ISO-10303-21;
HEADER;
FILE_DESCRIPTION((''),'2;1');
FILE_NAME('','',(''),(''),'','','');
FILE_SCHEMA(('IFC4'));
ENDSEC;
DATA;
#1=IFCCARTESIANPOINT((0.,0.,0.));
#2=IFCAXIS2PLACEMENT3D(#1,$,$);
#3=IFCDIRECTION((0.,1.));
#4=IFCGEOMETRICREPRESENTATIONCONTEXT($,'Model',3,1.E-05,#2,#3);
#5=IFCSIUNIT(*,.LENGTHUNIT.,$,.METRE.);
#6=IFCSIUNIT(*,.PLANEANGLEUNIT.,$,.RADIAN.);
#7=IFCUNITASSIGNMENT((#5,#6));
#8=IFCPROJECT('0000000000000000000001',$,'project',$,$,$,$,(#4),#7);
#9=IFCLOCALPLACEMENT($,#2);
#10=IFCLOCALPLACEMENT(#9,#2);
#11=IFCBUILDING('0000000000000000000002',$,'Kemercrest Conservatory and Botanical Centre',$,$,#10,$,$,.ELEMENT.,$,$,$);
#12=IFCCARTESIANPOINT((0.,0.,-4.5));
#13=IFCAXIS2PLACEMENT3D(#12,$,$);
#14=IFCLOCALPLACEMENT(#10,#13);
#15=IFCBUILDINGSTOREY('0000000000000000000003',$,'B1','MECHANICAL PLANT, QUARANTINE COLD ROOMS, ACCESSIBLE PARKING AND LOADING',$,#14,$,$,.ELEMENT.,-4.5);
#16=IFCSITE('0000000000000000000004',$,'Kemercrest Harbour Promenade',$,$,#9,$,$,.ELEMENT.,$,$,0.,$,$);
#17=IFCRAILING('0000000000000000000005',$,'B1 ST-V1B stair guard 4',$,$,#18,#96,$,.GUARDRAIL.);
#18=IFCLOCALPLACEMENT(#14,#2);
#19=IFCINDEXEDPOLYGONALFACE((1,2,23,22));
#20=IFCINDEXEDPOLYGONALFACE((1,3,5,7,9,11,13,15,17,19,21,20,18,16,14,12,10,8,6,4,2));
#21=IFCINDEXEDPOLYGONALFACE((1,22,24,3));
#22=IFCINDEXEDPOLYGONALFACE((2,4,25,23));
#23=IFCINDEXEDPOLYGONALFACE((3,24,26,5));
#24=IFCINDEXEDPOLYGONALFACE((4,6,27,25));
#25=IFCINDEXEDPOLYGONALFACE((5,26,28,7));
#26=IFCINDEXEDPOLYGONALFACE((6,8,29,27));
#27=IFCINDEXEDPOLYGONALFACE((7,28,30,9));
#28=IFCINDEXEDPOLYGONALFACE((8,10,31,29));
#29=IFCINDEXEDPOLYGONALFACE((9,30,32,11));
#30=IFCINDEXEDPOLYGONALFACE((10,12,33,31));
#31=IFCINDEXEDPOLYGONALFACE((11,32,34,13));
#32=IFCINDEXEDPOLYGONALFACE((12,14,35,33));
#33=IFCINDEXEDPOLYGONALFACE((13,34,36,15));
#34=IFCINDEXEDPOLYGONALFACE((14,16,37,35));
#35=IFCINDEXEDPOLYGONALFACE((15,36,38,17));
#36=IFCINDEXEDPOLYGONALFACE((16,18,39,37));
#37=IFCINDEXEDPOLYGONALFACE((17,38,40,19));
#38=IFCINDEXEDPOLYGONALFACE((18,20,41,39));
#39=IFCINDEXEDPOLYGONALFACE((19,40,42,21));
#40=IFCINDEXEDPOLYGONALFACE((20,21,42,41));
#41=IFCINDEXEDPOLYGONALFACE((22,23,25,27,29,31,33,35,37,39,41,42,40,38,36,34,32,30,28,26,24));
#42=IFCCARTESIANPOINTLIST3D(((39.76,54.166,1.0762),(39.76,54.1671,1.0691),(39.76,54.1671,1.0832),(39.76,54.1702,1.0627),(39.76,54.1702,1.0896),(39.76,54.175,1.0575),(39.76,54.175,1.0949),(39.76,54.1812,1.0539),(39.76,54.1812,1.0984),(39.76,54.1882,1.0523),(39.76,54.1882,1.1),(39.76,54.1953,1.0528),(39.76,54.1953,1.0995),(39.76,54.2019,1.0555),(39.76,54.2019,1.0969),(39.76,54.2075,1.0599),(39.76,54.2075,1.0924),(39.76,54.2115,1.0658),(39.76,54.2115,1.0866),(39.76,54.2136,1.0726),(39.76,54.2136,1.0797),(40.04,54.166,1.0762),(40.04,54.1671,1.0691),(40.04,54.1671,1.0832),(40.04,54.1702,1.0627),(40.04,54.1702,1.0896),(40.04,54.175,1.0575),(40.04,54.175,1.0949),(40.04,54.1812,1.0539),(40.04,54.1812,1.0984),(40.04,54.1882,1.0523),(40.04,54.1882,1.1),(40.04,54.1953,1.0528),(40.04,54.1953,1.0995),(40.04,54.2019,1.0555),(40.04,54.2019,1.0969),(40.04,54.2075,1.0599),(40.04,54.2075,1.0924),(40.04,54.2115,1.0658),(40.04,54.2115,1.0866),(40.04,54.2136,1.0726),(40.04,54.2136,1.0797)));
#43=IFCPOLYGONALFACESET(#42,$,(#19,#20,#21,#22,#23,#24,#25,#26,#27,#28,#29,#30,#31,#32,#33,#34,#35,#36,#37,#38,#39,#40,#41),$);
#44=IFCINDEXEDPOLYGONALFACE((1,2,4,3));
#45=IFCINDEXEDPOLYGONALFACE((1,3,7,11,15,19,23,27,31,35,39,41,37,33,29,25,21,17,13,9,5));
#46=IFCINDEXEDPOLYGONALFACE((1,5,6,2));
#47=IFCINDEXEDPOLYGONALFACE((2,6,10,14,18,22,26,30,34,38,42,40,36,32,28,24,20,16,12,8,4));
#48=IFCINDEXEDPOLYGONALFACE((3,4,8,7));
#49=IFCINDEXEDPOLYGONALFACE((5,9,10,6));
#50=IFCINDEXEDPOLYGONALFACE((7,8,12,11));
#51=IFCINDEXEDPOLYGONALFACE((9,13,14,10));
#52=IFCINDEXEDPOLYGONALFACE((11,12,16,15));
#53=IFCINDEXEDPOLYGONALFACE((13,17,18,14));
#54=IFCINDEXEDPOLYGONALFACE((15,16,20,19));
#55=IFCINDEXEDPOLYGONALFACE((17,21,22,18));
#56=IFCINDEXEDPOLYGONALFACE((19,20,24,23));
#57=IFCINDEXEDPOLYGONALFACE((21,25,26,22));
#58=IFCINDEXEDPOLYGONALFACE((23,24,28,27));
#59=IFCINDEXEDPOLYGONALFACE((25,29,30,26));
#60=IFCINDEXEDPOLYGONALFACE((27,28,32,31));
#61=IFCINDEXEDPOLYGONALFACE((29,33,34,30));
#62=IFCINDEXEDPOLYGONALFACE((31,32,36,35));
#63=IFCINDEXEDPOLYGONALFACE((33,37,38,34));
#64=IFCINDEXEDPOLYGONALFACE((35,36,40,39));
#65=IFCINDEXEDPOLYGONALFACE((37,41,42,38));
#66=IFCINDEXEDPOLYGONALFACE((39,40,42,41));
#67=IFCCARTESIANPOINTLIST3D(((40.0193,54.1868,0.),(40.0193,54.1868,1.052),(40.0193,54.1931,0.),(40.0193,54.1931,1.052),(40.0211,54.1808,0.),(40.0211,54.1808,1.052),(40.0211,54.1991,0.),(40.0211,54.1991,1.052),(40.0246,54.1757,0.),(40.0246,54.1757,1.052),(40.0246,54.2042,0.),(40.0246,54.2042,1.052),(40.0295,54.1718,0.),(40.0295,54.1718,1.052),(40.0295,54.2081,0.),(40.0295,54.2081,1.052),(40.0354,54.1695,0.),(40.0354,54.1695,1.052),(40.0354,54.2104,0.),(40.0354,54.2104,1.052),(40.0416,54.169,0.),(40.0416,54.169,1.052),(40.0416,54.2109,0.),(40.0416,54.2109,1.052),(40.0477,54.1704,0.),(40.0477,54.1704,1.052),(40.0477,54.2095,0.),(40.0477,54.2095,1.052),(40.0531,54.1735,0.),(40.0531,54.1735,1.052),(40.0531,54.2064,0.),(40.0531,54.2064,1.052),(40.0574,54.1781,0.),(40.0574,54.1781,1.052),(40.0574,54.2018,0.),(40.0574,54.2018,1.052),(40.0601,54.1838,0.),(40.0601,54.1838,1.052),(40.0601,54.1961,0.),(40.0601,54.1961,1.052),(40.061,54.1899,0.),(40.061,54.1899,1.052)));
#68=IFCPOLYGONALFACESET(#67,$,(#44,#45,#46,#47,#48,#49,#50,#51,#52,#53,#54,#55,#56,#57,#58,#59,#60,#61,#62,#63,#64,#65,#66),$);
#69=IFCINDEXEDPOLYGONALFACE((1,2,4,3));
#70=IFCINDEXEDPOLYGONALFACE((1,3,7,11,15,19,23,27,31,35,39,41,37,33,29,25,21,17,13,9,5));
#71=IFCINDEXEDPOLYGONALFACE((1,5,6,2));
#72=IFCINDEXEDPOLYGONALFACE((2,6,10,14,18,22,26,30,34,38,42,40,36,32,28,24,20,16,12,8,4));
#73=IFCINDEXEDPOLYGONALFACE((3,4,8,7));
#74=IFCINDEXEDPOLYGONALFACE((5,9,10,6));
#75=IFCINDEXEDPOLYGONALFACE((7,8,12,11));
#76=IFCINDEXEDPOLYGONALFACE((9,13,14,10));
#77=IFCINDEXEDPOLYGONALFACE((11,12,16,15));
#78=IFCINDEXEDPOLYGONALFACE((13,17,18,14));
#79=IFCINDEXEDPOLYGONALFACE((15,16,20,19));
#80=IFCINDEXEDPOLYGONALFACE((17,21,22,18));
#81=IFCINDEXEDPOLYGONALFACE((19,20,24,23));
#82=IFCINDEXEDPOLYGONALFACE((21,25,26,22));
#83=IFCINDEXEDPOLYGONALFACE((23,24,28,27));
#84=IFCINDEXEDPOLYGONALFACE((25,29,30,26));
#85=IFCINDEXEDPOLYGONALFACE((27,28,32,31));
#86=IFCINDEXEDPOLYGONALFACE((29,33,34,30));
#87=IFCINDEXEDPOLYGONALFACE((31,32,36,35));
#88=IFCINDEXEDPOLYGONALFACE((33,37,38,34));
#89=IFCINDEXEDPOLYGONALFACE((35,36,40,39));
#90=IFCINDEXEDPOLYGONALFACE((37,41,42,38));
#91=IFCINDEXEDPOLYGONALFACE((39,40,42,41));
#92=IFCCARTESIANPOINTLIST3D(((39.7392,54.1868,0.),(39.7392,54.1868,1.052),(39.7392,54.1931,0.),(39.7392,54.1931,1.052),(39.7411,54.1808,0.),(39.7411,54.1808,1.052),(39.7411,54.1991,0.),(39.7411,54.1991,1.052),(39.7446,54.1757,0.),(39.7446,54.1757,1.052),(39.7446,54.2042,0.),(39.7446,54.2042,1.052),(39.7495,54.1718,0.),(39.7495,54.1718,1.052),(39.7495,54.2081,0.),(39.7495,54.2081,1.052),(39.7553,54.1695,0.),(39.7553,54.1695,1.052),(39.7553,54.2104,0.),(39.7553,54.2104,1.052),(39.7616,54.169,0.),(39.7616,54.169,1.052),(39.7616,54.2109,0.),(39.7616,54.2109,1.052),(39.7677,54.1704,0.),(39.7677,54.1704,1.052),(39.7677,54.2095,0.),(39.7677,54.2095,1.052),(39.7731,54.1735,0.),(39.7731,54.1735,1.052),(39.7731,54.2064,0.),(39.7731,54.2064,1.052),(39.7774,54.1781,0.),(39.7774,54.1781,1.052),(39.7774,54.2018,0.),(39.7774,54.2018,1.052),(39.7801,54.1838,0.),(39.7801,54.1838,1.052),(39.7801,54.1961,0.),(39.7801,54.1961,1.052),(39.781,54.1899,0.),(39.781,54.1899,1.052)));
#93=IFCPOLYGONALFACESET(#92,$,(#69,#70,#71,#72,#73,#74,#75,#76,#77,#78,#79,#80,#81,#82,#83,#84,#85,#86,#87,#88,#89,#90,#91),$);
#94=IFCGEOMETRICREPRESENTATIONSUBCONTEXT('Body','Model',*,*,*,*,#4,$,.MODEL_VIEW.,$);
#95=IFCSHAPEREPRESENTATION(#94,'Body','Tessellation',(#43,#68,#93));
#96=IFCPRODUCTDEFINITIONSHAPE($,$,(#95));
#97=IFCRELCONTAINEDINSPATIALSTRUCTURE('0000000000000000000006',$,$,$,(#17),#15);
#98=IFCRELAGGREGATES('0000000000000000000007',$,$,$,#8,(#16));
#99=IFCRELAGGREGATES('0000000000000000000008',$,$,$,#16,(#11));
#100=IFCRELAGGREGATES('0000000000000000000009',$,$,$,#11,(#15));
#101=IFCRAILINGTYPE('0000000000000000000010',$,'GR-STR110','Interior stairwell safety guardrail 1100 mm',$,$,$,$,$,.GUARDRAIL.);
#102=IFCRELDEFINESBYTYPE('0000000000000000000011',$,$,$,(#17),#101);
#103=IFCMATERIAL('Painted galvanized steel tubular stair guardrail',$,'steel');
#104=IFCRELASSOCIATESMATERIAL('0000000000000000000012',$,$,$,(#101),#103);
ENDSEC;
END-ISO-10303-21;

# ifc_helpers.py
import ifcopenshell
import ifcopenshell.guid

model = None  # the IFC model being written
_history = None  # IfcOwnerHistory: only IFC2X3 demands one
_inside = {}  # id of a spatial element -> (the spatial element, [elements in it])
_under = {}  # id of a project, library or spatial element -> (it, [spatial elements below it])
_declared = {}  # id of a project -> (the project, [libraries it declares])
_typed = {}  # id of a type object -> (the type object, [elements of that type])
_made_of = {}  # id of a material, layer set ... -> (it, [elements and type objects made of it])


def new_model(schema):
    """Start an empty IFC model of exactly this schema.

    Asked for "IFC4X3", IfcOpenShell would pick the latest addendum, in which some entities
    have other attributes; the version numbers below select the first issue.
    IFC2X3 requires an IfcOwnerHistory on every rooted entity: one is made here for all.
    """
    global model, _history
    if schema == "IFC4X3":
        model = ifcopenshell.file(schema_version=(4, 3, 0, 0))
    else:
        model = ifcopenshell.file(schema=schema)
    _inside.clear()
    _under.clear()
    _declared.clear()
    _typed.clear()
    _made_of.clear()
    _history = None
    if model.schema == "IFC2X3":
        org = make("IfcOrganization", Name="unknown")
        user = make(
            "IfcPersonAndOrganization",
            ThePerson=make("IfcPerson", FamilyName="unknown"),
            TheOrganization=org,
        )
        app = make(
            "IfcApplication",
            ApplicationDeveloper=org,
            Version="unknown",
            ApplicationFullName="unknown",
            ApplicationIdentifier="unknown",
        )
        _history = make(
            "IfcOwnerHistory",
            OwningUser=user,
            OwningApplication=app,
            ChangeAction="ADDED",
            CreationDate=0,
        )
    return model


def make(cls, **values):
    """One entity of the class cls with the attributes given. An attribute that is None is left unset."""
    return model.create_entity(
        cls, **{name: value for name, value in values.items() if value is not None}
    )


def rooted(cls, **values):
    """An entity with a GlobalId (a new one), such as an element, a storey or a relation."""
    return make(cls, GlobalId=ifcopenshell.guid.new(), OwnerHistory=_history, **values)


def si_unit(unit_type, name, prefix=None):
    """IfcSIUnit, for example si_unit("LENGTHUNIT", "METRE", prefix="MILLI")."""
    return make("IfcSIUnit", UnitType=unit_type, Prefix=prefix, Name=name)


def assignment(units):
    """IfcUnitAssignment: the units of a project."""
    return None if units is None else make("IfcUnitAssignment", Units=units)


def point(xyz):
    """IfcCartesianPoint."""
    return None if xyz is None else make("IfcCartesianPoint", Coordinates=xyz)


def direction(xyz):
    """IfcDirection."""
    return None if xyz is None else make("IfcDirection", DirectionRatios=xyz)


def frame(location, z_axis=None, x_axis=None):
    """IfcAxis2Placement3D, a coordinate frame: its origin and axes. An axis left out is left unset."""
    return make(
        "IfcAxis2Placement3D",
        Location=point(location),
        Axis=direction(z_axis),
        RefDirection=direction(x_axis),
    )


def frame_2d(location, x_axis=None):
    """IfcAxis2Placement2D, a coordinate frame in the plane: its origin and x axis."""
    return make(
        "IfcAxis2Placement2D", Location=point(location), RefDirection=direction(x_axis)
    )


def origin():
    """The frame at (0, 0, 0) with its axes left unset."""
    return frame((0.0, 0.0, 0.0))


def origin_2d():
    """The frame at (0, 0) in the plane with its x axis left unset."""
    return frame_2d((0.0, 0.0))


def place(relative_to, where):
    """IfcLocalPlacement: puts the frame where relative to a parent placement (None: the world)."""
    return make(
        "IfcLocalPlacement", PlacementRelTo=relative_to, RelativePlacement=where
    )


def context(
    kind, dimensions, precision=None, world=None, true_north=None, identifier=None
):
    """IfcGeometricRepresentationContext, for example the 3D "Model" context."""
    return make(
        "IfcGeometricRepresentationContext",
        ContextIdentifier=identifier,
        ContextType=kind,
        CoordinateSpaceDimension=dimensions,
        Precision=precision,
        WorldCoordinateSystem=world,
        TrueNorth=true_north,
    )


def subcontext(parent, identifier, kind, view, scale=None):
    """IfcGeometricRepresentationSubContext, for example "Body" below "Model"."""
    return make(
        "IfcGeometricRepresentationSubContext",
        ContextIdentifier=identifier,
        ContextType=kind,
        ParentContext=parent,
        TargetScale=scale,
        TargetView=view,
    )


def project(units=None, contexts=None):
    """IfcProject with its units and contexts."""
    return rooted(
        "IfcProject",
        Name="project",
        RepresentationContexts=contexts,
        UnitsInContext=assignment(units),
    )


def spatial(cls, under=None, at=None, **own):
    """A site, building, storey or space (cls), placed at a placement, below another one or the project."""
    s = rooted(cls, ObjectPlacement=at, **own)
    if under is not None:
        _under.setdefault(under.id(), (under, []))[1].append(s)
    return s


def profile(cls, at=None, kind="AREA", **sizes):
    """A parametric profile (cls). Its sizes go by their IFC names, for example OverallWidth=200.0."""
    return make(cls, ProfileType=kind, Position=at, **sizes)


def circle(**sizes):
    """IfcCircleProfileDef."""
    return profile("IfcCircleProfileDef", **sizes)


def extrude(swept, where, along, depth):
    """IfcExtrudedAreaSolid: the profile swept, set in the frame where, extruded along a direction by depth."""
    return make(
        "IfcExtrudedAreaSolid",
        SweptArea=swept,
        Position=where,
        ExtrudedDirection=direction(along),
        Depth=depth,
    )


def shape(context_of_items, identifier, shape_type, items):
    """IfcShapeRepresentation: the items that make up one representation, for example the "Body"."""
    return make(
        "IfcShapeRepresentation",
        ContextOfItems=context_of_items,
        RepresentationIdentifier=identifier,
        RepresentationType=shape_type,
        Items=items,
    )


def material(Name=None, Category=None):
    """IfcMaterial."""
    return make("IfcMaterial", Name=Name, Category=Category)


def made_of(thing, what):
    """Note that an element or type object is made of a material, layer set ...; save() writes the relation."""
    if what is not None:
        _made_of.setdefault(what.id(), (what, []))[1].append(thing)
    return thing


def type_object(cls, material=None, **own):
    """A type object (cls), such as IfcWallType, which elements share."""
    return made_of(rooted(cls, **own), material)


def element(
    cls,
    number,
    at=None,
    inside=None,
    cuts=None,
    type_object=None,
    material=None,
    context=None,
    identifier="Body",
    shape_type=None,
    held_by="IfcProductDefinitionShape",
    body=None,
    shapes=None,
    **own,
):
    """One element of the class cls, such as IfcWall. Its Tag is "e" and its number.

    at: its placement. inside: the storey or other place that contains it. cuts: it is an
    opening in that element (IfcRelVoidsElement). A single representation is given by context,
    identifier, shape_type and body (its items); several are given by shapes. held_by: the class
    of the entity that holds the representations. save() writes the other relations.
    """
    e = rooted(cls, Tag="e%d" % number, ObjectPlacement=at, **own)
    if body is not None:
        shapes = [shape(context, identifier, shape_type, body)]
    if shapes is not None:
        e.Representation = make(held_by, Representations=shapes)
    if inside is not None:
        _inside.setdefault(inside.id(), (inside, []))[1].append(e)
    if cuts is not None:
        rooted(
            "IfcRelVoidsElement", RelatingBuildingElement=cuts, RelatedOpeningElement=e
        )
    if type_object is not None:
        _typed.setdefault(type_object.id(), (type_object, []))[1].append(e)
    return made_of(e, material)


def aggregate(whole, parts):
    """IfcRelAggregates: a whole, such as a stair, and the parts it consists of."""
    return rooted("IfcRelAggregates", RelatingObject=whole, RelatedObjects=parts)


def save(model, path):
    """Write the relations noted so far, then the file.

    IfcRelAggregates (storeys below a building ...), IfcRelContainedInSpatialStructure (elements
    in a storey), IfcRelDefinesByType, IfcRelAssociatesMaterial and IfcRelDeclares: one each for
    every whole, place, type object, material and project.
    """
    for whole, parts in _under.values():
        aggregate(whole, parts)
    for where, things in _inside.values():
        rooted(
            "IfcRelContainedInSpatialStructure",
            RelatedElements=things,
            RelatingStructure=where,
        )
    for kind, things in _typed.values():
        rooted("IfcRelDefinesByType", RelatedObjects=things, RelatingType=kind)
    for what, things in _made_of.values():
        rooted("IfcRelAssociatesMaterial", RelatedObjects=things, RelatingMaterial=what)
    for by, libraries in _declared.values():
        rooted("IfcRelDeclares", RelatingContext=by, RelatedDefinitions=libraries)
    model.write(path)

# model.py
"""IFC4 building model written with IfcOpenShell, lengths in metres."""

from ifc_helpers import new_model, si_unit, direction, frame, origin, origin_2d, place, context, subcontext, project, spatial, circle, extrude, material, type_object, element, save


model = new_model("IFC4")

# Units and contexts
model_context = context("Model", 3, precision=1e-05, world=origin(), true_north=direction((0.0, 1.0)))
body_context = subcontext(model_context, "Body", "Model", "MODEL_VIEW")
ifc_project = project(units=[si_unit("LENGTHUNIT", "METRE"), si_unit("PLANEANGLEUNIT", "RADIAN")], contexts=[model_context])

# Site, building, storey
site_placement = place(None, origin())
site = spatial("IfcSite", under=ifc_project, at=site_placement, Name="Kemercrest Harbour Promenade", CompositionType="ELEMENT", RefElevation=0.0)
building_placement = place(site_placement, origin())
building = spatial("IfcBuilding", under=site, at=building_placement, Name="Kemercrest Conservatory and Botanical Centre", CompositionType="ELEMENT")
storey_placement = place(building_placement, frame((0.0, 0.0, -4.5)))
storey = spatial("IfcBuildingStorey", under=building, at=storey_placement, Name="B1", Description="MECHANICAL PLANT, QUARANTINE COLD ROOMS, ACCESSIBLE PARKING AND LOADING", CompositionType="ELEMENT", Elevation=-4.5)

# Railing
ifc_material_1 = material(Name="Painted galvanized steel tubular stair guardrail", Category="steel")
railing_type_1 = type_object("IfcRailingType", Name="GR-STR110", Description="Interior stairwell safety guardrail 1100 mm", PredefinedType="GUARDRAIL", material=ifc_material_1)
railing_1_placement = place(storey_placement, frame((40.04, 54.1899, 0.0)))
element("IfcRailing", 1, at=railing_1_placement, inside=storey, type_object=railing_type_1, Name="B1 ST-V1B stair guard 4", PredefinedType="GUARDRAIL", context=body_context, shape_type="SweptSolid", body=[
    extrude(circle(Radius=0.0239, at=origin_2d()), frame((0.0, 0.0, 1.0762), z_axis=(-1.0, 0.0, 0.0), x_axis=(0.0, -1.0, 0.0)), (0.0, 0.0, 1.0), 0.28),
    extrude(circle(Radius=0.021, at=origin_2d()), origin(), (0.0, 0.0, 1.0), 1.052),
    extrude(circle(Radius=0.021, at=origin_2d()), frame((-0.28, 0.0, 0.0)), (0.0, 0.0, 1.0), 1.052),
])

save(model, "model.ifc")
